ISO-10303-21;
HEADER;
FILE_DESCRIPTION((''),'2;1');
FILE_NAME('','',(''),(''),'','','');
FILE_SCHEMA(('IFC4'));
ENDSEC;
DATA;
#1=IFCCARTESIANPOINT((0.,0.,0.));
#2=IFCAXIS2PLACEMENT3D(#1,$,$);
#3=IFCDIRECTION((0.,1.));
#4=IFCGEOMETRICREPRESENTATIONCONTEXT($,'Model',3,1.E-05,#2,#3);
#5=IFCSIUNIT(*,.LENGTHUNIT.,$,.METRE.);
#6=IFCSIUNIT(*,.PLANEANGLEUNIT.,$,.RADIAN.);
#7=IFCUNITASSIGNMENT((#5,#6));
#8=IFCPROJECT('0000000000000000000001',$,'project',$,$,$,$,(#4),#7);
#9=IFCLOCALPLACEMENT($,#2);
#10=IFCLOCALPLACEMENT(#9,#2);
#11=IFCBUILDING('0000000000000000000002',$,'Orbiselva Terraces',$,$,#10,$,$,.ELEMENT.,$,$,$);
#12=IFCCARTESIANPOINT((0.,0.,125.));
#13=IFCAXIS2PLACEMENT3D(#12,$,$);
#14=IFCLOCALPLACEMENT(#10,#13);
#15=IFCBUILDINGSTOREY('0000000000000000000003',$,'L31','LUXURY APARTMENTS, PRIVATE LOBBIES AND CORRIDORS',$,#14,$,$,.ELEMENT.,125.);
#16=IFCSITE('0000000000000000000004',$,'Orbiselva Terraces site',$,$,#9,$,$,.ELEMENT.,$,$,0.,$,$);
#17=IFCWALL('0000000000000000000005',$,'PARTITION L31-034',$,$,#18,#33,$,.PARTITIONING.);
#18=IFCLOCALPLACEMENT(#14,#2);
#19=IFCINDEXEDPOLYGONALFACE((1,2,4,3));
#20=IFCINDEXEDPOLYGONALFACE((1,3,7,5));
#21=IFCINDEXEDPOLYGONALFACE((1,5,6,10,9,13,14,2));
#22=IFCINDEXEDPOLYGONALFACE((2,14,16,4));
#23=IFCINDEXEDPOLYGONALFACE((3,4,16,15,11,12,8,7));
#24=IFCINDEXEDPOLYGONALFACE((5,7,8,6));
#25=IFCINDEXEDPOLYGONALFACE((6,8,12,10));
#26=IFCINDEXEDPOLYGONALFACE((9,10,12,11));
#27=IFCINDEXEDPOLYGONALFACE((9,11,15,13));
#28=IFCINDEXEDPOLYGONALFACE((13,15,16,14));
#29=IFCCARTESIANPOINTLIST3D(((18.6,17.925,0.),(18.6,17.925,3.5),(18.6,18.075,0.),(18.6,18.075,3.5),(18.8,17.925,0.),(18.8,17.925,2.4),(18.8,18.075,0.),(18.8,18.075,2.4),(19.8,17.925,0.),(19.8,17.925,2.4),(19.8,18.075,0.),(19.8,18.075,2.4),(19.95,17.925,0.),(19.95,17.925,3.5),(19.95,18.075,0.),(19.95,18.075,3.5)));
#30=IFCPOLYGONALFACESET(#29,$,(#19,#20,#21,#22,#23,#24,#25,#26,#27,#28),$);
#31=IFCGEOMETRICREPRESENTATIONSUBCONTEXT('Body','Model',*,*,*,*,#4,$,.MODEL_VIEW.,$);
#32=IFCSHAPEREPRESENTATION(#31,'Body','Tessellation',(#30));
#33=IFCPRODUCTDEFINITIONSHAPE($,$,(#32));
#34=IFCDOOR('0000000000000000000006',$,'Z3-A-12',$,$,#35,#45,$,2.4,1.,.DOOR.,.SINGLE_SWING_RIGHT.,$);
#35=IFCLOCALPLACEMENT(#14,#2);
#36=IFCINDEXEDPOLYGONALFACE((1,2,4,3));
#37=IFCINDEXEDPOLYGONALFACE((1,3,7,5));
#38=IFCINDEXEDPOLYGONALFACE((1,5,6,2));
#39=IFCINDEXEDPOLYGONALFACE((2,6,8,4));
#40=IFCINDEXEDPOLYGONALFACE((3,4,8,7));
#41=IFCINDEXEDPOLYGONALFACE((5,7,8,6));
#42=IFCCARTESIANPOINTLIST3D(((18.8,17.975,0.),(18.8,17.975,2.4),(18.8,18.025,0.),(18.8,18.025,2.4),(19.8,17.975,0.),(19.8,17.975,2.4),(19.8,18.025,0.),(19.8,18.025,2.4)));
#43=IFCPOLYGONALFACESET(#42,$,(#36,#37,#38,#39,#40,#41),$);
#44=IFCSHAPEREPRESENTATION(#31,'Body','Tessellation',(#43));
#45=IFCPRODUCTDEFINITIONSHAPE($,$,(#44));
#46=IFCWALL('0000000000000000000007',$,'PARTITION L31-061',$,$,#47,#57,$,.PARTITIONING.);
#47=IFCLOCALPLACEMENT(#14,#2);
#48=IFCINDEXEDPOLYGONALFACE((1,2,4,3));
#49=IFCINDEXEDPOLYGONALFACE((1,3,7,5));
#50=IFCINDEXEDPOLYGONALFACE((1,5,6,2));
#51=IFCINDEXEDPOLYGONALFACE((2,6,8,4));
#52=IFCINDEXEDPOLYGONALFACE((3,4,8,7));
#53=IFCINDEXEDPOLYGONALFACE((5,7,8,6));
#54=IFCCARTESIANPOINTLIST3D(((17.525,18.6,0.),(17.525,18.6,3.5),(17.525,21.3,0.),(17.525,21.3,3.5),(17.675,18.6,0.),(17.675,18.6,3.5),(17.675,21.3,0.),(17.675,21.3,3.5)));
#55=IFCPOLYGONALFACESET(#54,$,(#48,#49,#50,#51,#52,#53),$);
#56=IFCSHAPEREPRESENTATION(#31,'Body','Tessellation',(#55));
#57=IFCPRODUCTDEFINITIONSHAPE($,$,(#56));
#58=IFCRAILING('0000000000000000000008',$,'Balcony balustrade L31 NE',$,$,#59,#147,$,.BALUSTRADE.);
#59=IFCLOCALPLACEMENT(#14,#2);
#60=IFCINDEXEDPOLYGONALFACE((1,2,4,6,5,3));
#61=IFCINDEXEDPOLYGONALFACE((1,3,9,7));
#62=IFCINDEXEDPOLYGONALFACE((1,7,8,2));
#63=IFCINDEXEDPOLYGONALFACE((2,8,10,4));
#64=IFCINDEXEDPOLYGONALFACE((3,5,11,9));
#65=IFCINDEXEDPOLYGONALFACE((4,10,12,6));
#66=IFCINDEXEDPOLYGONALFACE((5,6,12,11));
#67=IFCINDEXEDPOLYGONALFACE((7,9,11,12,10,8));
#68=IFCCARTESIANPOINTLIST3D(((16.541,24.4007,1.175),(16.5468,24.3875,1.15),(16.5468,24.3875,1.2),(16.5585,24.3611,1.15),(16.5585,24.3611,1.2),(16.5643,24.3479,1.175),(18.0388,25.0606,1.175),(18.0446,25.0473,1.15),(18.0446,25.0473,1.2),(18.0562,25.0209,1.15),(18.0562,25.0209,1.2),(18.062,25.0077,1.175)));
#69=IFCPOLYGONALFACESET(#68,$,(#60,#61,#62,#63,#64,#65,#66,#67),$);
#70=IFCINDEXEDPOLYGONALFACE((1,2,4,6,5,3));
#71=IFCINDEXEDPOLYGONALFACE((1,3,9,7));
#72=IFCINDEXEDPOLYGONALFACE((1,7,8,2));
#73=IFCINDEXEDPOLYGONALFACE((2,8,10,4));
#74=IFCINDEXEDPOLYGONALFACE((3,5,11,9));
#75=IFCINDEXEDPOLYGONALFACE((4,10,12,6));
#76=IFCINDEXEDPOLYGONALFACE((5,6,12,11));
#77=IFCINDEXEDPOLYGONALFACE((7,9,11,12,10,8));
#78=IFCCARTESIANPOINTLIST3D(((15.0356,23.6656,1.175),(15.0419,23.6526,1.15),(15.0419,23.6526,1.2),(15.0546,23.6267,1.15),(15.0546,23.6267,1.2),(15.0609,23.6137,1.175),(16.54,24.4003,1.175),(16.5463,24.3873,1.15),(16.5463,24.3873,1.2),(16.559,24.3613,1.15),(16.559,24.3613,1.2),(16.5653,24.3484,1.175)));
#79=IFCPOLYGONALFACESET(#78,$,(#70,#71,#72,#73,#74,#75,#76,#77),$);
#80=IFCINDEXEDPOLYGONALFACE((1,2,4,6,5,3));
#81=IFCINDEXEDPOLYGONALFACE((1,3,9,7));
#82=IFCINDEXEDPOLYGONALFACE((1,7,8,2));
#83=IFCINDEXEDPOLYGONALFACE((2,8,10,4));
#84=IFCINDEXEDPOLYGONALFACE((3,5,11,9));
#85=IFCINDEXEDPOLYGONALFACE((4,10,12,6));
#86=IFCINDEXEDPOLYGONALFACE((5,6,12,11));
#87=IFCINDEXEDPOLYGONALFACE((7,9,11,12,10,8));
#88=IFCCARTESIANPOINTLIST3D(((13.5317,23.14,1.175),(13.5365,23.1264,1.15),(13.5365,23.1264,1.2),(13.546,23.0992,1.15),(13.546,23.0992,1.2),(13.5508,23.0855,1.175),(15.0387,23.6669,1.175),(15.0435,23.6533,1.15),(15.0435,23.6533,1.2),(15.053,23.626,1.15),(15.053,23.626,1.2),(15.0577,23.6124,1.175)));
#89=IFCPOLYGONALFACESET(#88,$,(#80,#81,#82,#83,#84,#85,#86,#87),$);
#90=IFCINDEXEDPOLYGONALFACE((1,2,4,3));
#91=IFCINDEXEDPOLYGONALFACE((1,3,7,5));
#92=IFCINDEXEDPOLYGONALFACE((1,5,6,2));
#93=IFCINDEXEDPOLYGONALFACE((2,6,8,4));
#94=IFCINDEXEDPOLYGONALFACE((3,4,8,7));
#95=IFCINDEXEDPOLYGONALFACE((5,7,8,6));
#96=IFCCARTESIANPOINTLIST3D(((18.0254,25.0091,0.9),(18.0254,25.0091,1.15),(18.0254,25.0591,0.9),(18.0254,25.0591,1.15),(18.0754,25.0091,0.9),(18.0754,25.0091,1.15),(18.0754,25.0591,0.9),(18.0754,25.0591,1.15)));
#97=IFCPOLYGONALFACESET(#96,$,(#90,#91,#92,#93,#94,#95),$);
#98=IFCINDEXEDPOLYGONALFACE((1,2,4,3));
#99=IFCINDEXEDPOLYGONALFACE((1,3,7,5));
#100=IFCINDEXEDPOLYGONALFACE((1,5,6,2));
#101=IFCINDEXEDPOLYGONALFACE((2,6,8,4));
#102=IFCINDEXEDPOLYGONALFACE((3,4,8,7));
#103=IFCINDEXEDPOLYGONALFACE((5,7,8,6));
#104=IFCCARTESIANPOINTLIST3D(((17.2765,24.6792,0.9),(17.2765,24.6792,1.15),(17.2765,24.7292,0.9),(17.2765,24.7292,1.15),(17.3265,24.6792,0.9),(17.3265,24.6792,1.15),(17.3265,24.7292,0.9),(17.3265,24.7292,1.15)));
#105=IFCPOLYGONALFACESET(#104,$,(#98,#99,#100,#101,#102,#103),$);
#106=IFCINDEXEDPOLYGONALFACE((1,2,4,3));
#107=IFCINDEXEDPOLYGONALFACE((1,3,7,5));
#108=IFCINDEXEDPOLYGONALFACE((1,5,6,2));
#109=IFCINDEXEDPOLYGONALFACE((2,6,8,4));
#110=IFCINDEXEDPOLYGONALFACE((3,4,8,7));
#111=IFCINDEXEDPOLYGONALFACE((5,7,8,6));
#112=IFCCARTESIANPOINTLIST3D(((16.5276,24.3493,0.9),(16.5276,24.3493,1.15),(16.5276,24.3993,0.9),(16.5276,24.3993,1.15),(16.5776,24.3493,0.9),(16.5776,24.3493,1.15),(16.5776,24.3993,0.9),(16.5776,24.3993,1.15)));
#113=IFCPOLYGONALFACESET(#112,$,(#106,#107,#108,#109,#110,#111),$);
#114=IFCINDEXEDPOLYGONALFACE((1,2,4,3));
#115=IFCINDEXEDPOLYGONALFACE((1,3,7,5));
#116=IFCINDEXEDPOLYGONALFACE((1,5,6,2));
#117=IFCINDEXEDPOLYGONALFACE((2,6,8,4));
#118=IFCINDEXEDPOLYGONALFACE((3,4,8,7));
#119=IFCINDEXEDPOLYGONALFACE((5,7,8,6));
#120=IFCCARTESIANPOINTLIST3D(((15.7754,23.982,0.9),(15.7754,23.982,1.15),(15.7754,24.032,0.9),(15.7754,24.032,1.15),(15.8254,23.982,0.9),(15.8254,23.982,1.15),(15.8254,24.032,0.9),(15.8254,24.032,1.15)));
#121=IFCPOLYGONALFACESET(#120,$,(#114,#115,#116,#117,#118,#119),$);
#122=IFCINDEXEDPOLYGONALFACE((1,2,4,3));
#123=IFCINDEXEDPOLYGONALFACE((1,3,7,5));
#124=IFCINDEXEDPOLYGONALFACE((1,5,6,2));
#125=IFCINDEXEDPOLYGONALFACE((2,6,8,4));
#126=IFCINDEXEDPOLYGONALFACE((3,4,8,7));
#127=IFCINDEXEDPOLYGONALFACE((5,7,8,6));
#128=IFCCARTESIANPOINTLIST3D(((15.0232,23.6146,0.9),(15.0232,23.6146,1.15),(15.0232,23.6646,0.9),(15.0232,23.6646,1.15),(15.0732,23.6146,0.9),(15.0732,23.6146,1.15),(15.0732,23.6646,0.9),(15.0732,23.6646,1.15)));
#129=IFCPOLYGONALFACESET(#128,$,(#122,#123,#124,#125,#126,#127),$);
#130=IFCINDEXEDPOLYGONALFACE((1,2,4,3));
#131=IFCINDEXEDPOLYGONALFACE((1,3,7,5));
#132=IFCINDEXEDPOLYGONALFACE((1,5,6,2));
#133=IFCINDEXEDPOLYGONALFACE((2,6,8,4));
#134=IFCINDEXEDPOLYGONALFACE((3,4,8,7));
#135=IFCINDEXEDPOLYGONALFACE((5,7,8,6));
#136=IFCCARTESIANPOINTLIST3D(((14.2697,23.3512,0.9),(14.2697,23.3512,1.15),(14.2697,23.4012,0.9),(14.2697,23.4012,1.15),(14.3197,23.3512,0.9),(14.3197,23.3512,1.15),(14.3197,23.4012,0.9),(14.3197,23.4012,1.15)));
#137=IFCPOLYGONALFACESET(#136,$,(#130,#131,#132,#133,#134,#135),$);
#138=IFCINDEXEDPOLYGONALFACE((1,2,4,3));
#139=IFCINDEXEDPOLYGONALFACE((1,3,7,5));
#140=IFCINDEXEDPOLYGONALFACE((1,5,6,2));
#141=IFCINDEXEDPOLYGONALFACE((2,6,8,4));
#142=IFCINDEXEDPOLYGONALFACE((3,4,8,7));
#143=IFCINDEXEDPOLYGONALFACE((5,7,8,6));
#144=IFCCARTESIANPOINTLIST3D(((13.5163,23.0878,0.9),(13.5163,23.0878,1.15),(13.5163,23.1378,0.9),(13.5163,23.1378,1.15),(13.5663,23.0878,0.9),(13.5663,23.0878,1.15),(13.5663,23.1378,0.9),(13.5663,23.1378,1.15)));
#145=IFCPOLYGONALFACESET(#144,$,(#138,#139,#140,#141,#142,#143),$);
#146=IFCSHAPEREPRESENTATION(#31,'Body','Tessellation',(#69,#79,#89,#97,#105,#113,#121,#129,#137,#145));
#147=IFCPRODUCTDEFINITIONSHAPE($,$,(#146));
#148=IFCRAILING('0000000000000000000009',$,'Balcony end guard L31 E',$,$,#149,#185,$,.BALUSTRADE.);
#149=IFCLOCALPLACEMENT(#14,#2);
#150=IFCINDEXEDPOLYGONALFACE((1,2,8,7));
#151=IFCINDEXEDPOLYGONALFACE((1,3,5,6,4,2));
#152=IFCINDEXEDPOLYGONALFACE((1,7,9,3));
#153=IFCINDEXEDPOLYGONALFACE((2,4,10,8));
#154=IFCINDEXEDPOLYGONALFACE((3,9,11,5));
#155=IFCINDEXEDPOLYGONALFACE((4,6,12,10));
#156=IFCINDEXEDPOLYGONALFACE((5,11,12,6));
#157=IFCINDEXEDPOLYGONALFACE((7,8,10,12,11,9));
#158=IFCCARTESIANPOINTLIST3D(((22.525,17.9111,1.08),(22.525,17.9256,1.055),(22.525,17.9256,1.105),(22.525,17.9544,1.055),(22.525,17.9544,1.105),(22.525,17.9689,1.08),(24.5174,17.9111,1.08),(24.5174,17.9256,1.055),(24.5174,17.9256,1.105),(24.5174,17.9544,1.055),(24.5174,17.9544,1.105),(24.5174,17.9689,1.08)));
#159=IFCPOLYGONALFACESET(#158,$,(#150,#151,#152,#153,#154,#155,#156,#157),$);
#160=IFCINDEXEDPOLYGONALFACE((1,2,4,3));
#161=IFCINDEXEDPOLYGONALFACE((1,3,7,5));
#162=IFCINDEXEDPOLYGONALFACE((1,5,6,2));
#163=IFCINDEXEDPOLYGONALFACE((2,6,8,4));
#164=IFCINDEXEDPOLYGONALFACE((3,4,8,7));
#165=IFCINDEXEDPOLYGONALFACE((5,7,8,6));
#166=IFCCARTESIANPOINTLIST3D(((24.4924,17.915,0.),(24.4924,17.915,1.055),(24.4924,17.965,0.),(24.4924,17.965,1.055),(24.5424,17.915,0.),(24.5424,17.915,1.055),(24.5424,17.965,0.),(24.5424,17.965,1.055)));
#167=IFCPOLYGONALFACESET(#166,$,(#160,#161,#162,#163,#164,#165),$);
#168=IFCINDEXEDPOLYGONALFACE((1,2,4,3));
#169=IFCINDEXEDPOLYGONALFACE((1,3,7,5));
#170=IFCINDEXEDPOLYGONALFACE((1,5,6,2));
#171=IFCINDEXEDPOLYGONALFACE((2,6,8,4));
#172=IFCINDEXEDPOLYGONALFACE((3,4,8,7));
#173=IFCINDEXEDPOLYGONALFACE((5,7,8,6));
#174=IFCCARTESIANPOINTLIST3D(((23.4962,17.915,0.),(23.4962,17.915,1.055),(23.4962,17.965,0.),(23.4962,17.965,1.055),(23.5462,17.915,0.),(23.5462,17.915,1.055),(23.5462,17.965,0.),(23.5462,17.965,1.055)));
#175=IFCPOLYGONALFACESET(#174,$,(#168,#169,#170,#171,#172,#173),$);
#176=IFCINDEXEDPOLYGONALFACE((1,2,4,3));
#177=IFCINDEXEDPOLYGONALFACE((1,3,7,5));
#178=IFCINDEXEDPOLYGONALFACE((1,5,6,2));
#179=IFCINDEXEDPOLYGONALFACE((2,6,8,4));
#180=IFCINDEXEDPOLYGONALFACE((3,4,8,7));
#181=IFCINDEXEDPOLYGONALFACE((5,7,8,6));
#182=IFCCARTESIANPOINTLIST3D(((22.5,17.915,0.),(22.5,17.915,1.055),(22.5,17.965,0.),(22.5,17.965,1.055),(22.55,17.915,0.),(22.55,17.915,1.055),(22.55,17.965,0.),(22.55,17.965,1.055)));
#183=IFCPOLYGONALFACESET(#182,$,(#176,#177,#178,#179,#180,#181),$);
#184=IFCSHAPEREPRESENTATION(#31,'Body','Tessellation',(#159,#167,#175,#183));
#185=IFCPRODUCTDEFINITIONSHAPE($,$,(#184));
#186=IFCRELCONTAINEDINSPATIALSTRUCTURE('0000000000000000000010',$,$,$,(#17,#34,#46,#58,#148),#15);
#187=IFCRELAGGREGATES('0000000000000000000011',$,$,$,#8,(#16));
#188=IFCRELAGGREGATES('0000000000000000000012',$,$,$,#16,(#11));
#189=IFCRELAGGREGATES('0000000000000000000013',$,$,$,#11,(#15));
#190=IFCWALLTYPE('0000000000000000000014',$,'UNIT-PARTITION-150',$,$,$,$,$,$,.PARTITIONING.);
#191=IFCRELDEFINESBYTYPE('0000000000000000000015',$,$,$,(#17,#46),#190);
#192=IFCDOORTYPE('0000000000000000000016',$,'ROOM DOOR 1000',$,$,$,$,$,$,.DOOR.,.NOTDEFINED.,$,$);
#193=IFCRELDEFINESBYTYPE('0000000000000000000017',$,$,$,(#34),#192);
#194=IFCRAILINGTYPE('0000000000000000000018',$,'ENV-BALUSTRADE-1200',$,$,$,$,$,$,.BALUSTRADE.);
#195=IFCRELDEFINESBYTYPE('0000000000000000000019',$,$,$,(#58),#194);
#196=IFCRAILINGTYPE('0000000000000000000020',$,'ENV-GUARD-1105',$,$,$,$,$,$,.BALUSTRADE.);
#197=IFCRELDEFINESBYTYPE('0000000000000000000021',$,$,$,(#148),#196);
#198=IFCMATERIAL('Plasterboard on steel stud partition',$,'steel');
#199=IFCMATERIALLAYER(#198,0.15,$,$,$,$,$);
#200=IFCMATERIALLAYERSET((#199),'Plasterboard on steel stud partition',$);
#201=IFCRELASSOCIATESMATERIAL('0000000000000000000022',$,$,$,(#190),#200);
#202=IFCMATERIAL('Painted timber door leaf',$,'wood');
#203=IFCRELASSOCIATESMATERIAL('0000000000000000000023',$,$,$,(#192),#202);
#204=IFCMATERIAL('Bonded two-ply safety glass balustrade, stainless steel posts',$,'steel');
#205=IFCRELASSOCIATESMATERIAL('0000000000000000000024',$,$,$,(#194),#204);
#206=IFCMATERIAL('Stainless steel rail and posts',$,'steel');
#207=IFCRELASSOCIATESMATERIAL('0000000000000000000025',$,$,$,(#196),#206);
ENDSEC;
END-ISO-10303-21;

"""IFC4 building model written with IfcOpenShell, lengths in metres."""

from ifc_helpers import new_model, si_unit, direction, frame, frame_2d, origin, origin_2d, place, context, subcontext, project, spatial, polyline, rectangle, outline, extrude, material, layer, layer_set, type_object, element, fill, save


model = new_model("IFC4")

# Units and contexts
model_context = context("Model", 3, precision=1e-05, world=origin(), true_north=direction((0.0, 1.0)))
body_context = subcontext(model_context, "Body", "Model", "MODEL_VIEW")
ifc_project = project(units=[si_unit("LENGTHUNIT", "METRE"), si_unit("PLANEANGLEUNIT", "RADIAN")], contexts=[model_context])

# Site, building, storey
site_placement = place(None, origin())
site = spatial("IfcSite", under=ifc_project, at=site_placement, Name="Orbiselva Terraces site", CompositionType="ELEMENT", RefElevation=0.0)
building_placement = place(site_placement, origin())
building = spatial("IfcBuilding", under=site, at=building_placement, Name="Orbiselva Terraces", CompositionType="ELEMENT")
storey_placement = place(building_placement, frame((0.0, 0.0, 125.0)))
storey = spatial("IfcBuildingStorey", under=building, at=storey_placement, Name="L31", Description="LUXURY APARTMENTS, PRIVATE LOBBIES AND CORRIDORS", CompositionType="ELEMENT", Elevation=125.0)

# Wall, opening, door
ifc_material_1 = material(Name="Plasterboard on steel stud partition", Category="steel")
ifc_layer_1 = layer(ifc_material_1, 0.15)
ifc_layer_set_1 = layer_set([ifc_layer_1], Name="Plasterboard on steel stud partition")
wall_type_1 = type_object("IfcWallType", Name="UNIT-PARTITION-150", PredefinedType="PARTITIONING", material=ifc_layer_set_1)
wall_1_placement = place(storey_placement, frame((18.6, 18.0, 0.0), z_axis=(0.0, 0.0, 1.0), x_axis=(1.0, 0.0, 0.0)))
wall_1 = element("IfcWall", 1, at=wall_1_placement, inside=storey, type_object=wall_type_1, Name="PARTITION L31-034", PredefinedType="PARTITIONING", context=body_context, shape_type="SweptSolid", body=[
    extrude(rectangle(XDim=1.35, YDim=0.15, at=frame_2d((0.675, 0.0))), origin(), (0.0, 0.0, 1.0), 3.5),
])
opening_1_placement = place(wall_1_placement, frame((0.2, 0.0, 0.0)))
opening_1 = element("IfcOpeningElement", 2, at=opening_1_placement, cuts=wall_1, PredefinedType="OPENING", context=body_context, shape_type="SweptSolid", body=[
    extrude(rectangle(XDim=1.0, YDim=2.4, at=frame_2d((0.5, 1.2))), frame((0.0, 0.085, 0.0), z_axis=(0.0, -1.0, 0.0), x_axis=(1.0, 0.0, 0.0)), (0.0, 0.0, 1.0), 0.17),
])
ifc_material_2 = material(Name="Painted timber door leaf", Category="wood")
door_type_1 = type_object("IfcDoorType", Name="ROOM DOOR 1000", OperationType="NOTDEFINED", PredefinedType="DOOR", material=ifc_material_2)
door_1_placement = place(opening_1_placement, origin())
door_1 = element("IfcDoor", 3, at=door_1_placement, inside=storey, type_object=door_type_1, Name="Z3-A-12", OperationType="SINGLE_SWING_RIGHT", OverallHeight=2.4, OverallWidth=1.0, PredefinedType="DOOR", context=body_context, shape_type="SweptSolid", body=[
    extrude(rectangle(XDim=1.0, YDim=2.4, at=frame_2d((0.5, 1.2))), frame((0.0, 0.025, 0.0), z_axis=(0.0, -1.0, 0.0), x_axis=(1.0, 0.0, 0.0)), (0.0, 0.0, 1.0), 0.05),
])
fill(opening_1, door_1)

# Wall
wall_2_placement = place(storey_placement, frame((17.6, 18.6, 0.0), z_axis=(0.0, 0.0, 1.0), x_axis=(0.0, 1.0, 0.0)))
element("IfcWall", 4, at=wall_2_placement, inside=storey, type_object=wall_type_1, Name="PARTITION L31-061", PredefinedType="PARTITIONING", context=body_context, shape_type="SweptSolid", body=[
    extrude(rectangle(XDim=2.7, YDim=0.15, at=frame_2d((1.35, 0.0))), origin(), (0.0, 0.0, 1.0), 3.5),
])

# Railings
ifc_material_3 = material(Name="Bonded two-ply safety glass balustrade, stainless steel posts", Category="steel")
railing_type_1 = type_object("IfcRailingType", Name="ENV-BALUSTRADE-1200", PredefinedType="BALUSTRADE", material=ifc_material_3)
railing_1_placement = place(storey_placement, frame((18.0504, 25.0341, 0.9)))
element("IfcRailing", 5, at=railing_1_placement, inside=storey, type_object=railing_type_1, Name="Balcony balustrade L31 NE", PredefinedType="BALUSTRADE", context=body_context, shape_type="SweptSolid", body=[
    extrude(outline(polyline([(0.0289, 0.0), (0.0144, 0.025), (-0.0144, 0.025), (-0.0289, 0.0), (-0.0144, -0.025), (0.0144, -0.025), (0.0289, 0.0)])), frame((0.0, 0.0, 0.275), z_axis=(-0.915133, -0.403151, 0.0), x_axis=(0.403151, -0.915133, 0.0)), (0.0, 0.0, 1.0), 1.6366),
    extrude(outline(polyline([(0.0289, 0.0), (0.0144, 0.025), (-0.0144, 0.025), (-0.0289, 0.0), (-0.0144, -0.025), (0.0144, -0.025), (0.0289, 0.0)])), frame((-1.4978, -0.6598, 0.275), z_axis=(-0.898579, -0.438812, 0.0), x_axis=(0.438812, -0.898579, 0.0)), (0.0, 0.0, 1.0), 1.6742),
    extrude(outline(polyline([(0.0289, 0.0), (0.0144, 0.025), (-0.0144, 0.025), (-0.0289, 0.0), (-0.0144, -0.025), (0.0144, -0.025), (0.0289, 0.0)])), frame((-3.0022, -1.3945, 0.275), z_axis=(-0.943972, -0.330025, 0.0), x_axis=(0.330025, -0.943972, 0.0)), (0.0, 0.0, 1.0), 1.5964),
    extrude(rectangle(XDim=0.05, YDim=0.05, at=origin_2d()), origin(), (0.0, 0.0, 1.0), 0.25),
    extrude(rectangle(XDim=0.05, YDim=0.05, at=origin_2d()), frame((-0.7489, -0.3299, 0.0)), (0.0, 0.0, 1.0), 0.25),
    extrude(rectangle(XDim=0.05, YDim=0.05, at=origin_2d()), frame((-1.4978, -0.6598, 0.0)), (0.0, 0.0, 1.0), 0.25),
    extrude(rectangle(XDim=0.05, YDim=0.05, at=origin_2d()), frame((-2.25, -1.0272, 0.0)), (0.0, 0.0, 1.0), 0.25),
    extrude(rectangle(XDim=0.05, YDim=0.05, at=origin_2d()), frame((-3.0022, -1.3945, 0.0)), (0.0, 0.0, 1.0), 0.25),
    extrude(rectangle(XDim=0.05, YDim=0.05, at=origin_2d()), frame((-3.7557, -1.6579, 0.0)), (0.0, 0.0, 1.0), 0.25),
    extrude(rectangle(XDim=0.05, YDim=0.05, at=origin_2d()), frame((-4.5091, -1.9213, 0.0)), (0.0, 0.0, 1.0), 0.25),
])
ifc_material_4 = material(Name="Stainless steel rail and posts", Category="steel")
railing_type_2 = type_object("IfcRailingType", Name="ENV-GUARD-1105", PredefinedType="BALUSTRADE", material=ifc_material_4)
railing_2_placement = place(storey_placement, frame((24.5174, 17.94, 0.0)))
element("IfcRailing", 6, at=railing_2_placement, inside=storey, type_object=railing_type_2, Name="Balcony end guard L31 E", PredefinedType="BALUSTRADE", context=body_context, shape_type="SweptSolid", body=[
    extrude(outline(polyline([(0.0289, 0.0), (0.0144, 0.025), (-0.0144, 0.025), (-0.0289, 0.0), (-0.0144, -0.025), (0.0144, -0.025), (0.0289, 0.0)])), frame((0.0, 0.0, 1.08), z_axis=(-1.0, 0.0, 0.0), x_axis=(0.0, -1.0, 0.0)), (0.0, 0.0, 1.0), 1.9924),
    extrude(rectangle(XDim=0.05, YDim=0.05, at=origin_2d()), origin(), (0.0, 0.0, 1.0), 1.055),
    extrude(rectangle(XDim=0.05, YDim=0.05, at=origin_2d()), frame((-0.9962, 0.0, 0.0)), (0.0, 0.0, 1.0), 1.055),
    extrude(rectangle(XDim=0.05, YDim=0.05, at=origin_2d()), frame((-1.9924, 0.0, 0.0)), (0.0, 0.0, 1.0), 1.055),
])

save(model, "model.ifc")
